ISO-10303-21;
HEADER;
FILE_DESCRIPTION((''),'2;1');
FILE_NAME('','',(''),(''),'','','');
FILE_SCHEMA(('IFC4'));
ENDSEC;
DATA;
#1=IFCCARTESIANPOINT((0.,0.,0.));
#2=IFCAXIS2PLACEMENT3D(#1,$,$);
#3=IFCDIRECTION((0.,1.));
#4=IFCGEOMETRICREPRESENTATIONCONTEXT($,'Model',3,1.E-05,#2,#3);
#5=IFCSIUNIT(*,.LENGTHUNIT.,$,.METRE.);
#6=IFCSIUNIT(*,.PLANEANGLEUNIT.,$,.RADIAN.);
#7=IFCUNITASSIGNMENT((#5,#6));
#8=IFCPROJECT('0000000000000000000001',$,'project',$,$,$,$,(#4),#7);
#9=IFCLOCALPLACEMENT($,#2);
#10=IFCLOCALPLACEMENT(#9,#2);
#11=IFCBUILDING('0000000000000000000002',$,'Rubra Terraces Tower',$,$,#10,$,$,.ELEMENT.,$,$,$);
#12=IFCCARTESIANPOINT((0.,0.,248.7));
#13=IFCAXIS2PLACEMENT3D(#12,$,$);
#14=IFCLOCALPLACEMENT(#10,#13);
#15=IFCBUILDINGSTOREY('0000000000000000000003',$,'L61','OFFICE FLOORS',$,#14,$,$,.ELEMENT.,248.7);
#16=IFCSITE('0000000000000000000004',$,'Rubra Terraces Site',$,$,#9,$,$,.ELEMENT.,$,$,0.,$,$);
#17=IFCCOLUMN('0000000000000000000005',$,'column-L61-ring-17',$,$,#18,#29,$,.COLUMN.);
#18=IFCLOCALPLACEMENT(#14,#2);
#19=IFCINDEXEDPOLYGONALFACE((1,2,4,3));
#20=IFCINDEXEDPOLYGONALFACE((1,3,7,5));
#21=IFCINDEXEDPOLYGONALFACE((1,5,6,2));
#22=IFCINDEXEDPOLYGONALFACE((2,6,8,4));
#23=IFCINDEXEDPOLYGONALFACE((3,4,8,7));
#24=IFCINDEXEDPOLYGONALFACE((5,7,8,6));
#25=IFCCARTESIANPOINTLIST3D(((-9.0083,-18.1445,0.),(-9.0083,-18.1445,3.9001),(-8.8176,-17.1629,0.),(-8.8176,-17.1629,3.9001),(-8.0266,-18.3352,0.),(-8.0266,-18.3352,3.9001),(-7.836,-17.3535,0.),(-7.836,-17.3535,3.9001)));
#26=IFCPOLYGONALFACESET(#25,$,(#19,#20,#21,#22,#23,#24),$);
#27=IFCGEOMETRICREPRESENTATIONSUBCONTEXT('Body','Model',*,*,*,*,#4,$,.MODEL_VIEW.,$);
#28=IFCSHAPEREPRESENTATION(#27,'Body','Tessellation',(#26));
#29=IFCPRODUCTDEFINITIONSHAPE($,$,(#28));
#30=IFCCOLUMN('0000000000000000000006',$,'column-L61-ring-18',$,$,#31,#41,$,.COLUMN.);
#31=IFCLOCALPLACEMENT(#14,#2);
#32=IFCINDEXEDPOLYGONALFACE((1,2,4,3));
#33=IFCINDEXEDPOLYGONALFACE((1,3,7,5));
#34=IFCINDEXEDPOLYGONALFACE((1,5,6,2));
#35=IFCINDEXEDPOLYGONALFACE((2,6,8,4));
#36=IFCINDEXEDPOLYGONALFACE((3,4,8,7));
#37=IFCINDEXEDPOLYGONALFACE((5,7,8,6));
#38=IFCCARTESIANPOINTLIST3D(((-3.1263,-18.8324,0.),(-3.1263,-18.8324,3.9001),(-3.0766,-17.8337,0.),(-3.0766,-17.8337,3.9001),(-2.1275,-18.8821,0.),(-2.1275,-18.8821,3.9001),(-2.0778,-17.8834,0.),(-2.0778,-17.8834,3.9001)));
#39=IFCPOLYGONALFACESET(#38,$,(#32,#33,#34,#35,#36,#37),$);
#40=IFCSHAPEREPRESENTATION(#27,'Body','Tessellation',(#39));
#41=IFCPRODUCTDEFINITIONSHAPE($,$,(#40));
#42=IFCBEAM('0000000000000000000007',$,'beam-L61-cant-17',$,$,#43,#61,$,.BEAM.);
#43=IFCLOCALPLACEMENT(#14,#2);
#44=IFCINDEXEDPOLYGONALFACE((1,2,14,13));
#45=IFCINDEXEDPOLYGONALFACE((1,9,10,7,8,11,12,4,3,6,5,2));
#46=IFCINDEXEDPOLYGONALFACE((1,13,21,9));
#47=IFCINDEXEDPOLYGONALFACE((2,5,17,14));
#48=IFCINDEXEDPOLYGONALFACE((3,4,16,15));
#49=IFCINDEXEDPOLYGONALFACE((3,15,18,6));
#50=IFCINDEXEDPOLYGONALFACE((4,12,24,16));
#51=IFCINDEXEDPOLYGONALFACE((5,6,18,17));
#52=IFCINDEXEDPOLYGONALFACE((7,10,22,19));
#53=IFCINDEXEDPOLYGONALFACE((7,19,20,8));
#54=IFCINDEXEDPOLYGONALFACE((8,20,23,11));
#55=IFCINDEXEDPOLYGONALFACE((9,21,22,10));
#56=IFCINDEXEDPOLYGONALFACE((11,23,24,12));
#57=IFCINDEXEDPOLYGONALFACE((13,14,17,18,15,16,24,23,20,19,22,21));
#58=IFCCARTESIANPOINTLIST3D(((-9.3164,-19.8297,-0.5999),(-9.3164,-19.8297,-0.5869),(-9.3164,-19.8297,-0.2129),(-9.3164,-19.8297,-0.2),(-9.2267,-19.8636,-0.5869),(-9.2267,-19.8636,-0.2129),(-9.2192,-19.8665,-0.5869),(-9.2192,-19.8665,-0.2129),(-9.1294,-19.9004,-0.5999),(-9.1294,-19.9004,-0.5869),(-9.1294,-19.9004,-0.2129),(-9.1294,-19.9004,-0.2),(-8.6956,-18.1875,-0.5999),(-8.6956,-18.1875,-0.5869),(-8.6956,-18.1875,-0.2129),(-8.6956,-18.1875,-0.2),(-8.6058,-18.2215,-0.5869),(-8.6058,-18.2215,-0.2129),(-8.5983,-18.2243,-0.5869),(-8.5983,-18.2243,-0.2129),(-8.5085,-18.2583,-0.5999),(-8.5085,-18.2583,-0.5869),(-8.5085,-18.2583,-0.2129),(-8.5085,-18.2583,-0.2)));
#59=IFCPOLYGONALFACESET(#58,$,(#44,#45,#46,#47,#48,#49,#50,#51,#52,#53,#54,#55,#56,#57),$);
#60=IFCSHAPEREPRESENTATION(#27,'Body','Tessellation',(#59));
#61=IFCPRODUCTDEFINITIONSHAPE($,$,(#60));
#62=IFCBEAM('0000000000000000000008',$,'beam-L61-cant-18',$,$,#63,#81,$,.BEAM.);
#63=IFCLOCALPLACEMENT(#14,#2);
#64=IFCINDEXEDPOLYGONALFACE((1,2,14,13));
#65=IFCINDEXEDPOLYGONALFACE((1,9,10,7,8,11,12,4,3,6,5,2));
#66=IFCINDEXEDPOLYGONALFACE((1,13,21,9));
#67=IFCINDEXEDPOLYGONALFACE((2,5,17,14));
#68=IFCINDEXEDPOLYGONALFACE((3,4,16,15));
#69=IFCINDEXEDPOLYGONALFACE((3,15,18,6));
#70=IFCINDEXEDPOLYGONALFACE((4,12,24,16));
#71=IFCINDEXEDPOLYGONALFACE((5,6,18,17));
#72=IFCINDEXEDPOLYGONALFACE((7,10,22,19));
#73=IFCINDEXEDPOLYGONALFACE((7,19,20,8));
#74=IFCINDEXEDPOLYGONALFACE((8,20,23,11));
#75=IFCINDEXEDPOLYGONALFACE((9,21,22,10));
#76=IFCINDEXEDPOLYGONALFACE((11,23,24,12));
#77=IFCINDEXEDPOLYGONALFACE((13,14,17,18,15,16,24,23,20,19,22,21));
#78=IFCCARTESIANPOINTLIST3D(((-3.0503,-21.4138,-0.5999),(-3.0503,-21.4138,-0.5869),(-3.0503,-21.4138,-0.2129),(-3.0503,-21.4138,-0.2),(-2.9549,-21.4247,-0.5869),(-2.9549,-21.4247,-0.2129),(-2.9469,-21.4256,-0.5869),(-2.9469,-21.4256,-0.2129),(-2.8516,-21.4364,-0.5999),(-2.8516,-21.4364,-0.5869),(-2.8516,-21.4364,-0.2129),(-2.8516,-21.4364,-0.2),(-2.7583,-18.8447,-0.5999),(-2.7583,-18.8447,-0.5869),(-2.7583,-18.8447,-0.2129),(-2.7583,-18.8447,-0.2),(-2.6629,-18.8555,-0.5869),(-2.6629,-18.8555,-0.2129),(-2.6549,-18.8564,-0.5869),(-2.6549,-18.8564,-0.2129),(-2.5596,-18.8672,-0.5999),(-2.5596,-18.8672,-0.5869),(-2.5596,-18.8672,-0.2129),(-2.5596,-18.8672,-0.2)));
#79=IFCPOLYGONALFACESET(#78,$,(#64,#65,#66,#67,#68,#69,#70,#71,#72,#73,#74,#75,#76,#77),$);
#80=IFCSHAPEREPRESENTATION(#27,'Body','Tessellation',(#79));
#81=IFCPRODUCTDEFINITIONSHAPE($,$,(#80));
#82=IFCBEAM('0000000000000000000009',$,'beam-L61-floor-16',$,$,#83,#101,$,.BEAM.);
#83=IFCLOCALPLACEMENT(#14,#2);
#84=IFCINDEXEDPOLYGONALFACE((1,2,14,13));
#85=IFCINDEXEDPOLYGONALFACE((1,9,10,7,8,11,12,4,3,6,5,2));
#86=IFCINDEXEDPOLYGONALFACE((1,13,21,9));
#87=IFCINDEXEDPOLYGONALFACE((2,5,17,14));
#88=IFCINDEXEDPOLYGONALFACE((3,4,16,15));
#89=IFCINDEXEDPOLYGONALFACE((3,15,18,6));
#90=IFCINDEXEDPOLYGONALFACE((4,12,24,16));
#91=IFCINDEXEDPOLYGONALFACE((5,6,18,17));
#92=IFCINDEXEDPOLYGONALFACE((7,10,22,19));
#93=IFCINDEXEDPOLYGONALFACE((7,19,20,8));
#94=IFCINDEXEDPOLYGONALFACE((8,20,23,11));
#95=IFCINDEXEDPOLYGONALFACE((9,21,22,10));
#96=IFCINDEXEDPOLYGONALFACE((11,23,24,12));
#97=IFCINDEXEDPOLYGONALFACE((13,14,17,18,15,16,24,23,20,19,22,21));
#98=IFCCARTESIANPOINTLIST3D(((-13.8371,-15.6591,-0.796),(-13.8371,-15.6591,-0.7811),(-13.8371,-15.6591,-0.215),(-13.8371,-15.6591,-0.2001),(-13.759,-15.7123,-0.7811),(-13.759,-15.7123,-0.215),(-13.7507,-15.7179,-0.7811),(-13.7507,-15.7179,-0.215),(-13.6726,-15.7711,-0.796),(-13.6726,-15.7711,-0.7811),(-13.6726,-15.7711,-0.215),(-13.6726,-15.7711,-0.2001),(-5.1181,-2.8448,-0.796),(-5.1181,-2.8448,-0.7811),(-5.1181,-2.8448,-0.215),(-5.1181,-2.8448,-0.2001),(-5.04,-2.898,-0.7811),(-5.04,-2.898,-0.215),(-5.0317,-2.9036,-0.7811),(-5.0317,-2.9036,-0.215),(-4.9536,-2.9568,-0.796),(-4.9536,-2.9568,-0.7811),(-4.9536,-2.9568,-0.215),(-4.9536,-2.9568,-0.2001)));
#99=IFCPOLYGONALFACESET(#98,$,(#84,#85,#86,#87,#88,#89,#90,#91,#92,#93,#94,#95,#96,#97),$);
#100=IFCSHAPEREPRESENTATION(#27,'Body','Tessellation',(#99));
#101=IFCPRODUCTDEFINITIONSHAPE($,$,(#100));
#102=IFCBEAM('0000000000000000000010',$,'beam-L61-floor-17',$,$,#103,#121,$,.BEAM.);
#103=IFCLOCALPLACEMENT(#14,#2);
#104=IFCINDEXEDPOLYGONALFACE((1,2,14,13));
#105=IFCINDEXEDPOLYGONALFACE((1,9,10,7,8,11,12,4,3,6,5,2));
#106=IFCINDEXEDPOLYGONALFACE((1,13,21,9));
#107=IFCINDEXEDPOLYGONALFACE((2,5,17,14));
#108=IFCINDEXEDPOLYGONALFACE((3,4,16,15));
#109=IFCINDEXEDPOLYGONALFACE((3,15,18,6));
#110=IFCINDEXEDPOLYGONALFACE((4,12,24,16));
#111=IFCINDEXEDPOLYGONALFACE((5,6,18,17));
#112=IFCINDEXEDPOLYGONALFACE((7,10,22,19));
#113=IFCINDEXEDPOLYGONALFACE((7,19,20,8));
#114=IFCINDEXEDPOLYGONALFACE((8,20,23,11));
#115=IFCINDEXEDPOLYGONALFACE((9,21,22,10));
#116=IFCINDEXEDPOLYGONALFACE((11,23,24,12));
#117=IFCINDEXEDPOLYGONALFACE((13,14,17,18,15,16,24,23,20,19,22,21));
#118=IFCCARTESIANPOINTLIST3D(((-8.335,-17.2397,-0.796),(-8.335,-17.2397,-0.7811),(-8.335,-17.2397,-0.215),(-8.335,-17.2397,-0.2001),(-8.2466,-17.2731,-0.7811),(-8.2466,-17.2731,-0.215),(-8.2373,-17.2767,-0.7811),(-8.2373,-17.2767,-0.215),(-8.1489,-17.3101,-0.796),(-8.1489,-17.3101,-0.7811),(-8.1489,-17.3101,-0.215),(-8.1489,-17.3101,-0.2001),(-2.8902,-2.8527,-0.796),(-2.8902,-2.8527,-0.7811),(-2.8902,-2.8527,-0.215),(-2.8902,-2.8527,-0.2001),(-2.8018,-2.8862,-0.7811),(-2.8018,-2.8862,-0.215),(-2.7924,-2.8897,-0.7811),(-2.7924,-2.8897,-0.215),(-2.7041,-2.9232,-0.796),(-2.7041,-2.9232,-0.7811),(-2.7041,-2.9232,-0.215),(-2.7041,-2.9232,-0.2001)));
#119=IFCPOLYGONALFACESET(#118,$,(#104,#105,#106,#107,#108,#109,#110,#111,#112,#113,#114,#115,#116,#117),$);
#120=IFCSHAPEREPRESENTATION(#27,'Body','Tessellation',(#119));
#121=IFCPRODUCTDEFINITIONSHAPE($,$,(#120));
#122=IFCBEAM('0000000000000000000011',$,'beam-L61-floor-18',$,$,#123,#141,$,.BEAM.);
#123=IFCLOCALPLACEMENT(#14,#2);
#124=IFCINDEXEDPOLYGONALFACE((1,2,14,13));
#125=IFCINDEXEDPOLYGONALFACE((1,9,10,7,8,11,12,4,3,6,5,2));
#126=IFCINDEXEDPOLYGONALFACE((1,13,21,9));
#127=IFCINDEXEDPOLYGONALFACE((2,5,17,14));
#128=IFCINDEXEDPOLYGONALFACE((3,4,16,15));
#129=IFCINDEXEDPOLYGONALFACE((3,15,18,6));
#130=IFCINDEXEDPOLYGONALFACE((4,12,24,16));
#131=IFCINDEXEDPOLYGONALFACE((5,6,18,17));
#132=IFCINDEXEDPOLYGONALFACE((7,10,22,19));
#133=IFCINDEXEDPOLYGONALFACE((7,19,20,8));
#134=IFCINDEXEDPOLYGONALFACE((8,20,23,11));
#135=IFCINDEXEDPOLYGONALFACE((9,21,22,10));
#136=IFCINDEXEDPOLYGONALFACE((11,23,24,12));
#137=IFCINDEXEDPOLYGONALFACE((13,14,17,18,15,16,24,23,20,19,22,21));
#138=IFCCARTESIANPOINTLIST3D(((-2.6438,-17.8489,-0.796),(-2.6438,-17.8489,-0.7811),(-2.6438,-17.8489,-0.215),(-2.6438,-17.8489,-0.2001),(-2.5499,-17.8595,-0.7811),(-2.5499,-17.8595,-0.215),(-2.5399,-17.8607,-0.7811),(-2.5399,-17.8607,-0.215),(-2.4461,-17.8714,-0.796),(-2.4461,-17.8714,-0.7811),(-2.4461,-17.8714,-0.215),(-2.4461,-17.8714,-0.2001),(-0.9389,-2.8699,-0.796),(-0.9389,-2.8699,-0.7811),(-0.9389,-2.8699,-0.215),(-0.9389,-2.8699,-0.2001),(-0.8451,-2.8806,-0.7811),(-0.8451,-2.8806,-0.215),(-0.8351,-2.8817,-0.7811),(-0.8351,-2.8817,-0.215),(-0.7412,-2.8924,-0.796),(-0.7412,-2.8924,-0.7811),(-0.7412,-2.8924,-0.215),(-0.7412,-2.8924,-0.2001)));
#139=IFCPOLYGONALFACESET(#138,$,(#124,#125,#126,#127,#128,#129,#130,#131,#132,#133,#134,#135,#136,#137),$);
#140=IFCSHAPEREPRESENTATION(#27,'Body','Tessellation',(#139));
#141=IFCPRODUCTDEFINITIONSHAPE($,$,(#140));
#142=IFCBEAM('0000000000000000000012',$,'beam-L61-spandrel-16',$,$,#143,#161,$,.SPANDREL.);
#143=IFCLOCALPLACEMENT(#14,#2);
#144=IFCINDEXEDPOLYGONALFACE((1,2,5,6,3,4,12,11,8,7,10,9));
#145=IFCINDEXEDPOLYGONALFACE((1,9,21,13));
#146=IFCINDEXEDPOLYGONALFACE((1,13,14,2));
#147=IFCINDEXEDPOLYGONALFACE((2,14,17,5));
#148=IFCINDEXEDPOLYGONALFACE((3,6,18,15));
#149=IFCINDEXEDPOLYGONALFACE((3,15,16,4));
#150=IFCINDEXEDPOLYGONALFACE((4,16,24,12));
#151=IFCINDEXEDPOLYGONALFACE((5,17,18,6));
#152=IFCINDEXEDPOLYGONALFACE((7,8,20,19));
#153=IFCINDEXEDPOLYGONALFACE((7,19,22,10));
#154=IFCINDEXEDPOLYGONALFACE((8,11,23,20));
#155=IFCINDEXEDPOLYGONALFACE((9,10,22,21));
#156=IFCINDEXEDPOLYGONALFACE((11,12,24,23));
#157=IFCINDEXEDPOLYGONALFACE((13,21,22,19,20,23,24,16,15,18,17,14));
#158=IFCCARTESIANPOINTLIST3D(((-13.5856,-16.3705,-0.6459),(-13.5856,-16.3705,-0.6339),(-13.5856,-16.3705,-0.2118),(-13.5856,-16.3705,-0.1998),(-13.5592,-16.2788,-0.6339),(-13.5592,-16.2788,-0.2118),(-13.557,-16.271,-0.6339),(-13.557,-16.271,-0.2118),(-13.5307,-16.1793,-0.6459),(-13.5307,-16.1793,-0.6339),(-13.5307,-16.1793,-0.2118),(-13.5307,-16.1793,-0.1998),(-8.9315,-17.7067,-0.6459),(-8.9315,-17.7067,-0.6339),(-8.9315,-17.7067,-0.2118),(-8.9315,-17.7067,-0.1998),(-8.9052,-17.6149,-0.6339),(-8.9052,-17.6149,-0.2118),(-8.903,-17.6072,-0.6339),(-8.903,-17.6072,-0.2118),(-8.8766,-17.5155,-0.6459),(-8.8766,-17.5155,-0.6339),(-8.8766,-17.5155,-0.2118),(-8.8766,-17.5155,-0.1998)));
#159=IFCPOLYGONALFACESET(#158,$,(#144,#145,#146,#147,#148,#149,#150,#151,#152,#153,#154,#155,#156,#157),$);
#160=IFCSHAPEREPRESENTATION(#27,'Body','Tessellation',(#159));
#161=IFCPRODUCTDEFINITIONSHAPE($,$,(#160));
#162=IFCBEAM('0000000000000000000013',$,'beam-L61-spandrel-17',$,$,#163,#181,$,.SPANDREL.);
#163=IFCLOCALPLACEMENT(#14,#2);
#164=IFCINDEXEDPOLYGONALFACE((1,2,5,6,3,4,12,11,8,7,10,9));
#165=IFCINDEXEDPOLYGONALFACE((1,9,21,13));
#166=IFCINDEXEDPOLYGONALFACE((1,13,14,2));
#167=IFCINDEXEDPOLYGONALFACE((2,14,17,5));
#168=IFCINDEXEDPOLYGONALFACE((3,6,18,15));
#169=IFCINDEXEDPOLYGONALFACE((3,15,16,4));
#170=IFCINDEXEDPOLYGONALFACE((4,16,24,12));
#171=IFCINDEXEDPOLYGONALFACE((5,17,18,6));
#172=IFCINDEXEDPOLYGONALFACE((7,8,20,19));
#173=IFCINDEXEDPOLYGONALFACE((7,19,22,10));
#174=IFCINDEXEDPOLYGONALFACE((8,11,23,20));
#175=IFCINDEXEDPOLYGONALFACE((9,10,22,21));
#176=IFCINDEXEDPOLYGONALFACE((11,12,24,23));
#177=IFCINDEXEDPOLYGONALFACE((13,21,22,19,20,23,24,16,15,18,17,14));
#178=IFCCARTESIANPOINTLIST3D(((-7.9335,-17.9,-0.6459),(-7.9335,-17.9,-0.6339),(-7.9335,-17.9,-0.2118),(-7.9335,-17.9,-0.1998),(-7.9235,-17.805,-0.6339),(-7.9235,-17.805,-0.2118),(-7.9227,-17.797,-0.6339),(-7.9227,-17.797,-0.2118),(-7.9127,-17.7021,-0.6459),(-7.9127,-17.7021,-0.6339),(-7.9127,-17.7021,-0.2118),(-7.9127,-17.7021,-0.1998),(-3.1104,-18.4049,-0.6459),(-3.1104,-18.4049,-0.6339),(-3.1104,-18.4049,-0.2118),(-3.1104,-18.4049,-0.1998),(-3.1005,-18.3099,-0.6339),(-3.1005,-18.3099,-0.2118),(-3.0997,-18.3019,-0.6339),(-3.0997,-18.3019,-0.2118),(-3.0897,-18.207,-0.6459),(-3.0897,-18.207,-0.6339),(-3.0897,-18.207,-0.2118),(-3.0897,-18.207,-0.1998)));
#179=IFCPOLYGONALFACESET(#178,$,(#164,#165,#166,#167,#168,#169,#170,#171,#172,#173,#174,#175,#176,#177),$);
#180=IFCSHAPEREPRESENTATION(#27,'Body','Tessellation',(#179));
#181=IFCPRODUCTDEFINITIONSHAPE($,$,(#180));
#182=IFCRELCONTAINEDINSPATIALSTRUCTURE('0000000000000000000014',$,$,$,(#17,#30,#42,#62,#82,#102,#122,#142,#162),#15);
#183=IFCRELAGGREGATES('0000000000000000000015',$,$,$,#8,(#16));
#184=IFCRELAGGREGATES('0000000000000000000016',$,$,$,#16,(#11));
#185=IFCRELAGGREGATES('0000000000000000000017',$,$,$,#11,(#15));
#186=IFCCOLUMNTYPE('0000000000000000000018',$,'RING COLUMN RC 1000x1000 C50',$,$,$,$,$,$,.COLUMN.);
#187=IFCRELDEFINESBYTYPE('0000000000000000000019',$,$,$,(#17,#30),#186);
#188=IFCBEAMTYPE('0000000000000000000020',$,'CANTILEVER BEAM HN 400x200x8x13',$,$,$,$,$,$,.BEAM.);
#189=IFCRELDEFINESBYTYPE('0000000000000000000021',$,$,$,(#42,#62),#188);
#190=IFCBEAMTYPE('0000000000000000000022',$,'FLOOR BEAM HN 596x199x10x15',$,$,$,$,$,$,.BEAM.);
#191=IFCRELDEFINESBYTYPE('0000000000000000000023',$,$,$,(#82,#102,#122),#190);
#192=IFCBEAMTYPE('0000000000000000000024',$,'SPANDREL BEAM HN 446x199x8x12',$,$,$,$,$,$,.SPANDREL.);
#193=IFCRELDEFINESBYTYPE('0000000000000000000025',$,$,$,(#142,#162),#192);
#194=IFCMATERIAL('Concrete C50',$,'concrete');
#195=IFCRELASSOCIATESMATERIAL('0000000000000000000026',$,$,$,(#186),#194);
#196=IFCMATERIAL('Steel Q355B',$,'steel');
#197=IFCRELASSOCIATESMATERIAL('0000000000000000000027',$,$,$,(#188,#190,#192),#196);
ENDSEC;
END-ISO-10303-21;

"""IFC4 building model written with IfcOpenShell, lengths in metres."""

from ifc_helpers import new_model, si_unit, direction, frame, origin, origin_2d, place, context, subcontext, project, spatial, rectangle, i_section, extrude, material, material_profile, profile_set, type_object, element, save


model = new_model("IFC4")

# Units and contexts
model_context = context("Model", 3, precision=1e-05, world=origin(), true_north=direction((0.0, 1.0)))
body_context = subcontext(model_context, "Body", "Model", "MODEL_VIEW")
ifc_project = project(units=[si_unit("LENGTHUNIT", "METRE"), si_unit("PLANEANGLEUNIT", "RADIAN")], contexts=[model_context])

# Site, building, storey
site_placement = place(None, origin())
site = spatial("IfcSite", under=ifc_project, at=site_placement, Name="Rubra Terraces Site", CompositionType="ELEMENT", RefElevation=0.0)
building_placement = place(site_placement, origin())
building = spatial("IfcBuilding", under=site, at=building_placement, Name="Rubra Terraces Tower", CompositionType="ELEMENT")
storey_placement = place(building_placement, frame((0.0, 0.0, 248.7)))
storey = spatial("IfcBuildingStorey", under=building, at=storey_placement, Name="L61", Description="OFFICE FLOORS", CompositionType="ELEMENT", Elevation=248.7)

# Columns
ifc_material_1 = material(Name="Concrete C50", Category="concrete")
ifc_material_profile_1 = material_profile(ifc_material_1, rectangle(XDim=1.0, YDim=1.0, at=origin_2d()), Name="RC 1000x1000")
ifc_profile_set_1 = profile_set([ifc_material_profile_1], Name="Concrete C50")
column_type = type_object("IfcColumnType", Name="RING COLUMN RC 1000x1000 C50", PredefinedType="COLUMN", material=ifc_profile_set_1)
for number, where, z_axis, x_axis, name in (
    (1, (-8.4221, -17.749, 0.0), (0.0, 0.0, 1.0), (0.981655, -0.190668, 0.0), "column-L61-ring-17"),
    (2, (-2.6021, -18.3579, 0.0), (0.0, 0.0, 1.0), (0.998764, -0.049699, 0.0), "column-L61-ring-18"),
):
    element("IfcColumn", number, at=place(storey_placement, frame(where, z_axis=z_axis, x_axis=x_axis)), inside=storey, type_object=column_type, Name=name, PredefinedType="COLUMN", context=body_context, shape_type="SweptSolid", body=[
        extrude(rectangle(XDim=1.0, YDim=1.0, at=origin_2d()), origin(), (0.0, 0.0, 1.0), 3.9001),
    ])

# Beams
ifc_material_2 = material(Name="Steel Q355B", Category="steel")
ifc_material_profile_2 = material_profile(ifc_material_2, i_section(OverallWidth=0.2, OverallDepth=0.3999, WebThickness=0.0081, FlangeThickness=0.0129, at=origin_2d()), Name="HN 400x200x8x13")
ifc_profile_set_2 = profile_set([ifc_material_profile_2], Name="Steel Q355B")
beam_type_1 = type_object("IfcBeamType", Name="CANTILEVER BEAM HN 400x200x8x13", PredefinedType="BEAM", material=ifc_profile_set_2)
beam_1_placement = place(storey_placement, frame((-8.6021, -18.2229, -0.3999), z_axis=(-0.353652, -0.935377, 0.0), x_axis=(0.935377, -0.353652, 0.0)))
element("IfcBeam", 3, at=beam_1_placement, inside=storey, type_object=beam_type_1, Name="beam-L61-cant-17", PredefinedType="BEAM", context=body_context, shape_type="SweptSolid", body=[
    extrude(i_section(OverallWidth=0.2, OverallDepth=0.3999, WebThickness=0.0081, FlangeThickness=0.0129, at=origin_2d()), origin(), (0.0, 0.0, 1.0), 1.7556),
])
beam_2_placement = place(storey_placement, frame((-2.6589, -18.856, -0.3999), z_axis=(-0.112929, -0.993603, 0.0), x_axis=(0.993603, -0.112929, 0.0)))
element("IfcBeam", 4, at=beam_2_placement, inside=storey, type_object=beam_type_1, Name="beam-L61-cant-18", PredefinedType="BEAM", context=body_context, shape_type="SweptSolid", body=[
    extrude(i_section(OverallWidth=0.2, OverallDepth=0.3999, WebThickness=0.0081, FlangeThickness=0.0129, at=origin_2d()), origin(), (0.0, 0.0, 1.0), 2.5857),
])
ifc_material_profile_3 = material_profile(ifc_material_2, i_section(OverallWidth=0.199, OverallDepth=0.5959, WebThickness=0.01, FlangeThickness=0.0149, at=origin_2d()), Name="HN 596x199x10x15")
ifc_profile_set_3 = profile_set([ifc_material_profile_3], Name="Steel Q355B")
beam_type_2 = type_object("IfcBeamType", Name="FLOOR BEAM HN 596x199x10x15", PredefinedType="BEAM", material=ifc_profile_set_3)
beam_3_placement = place(storey_placement, frame((-13.7549, -15.7151, -0.498), z_axis=(0.562545, 0.826767, 0.0), x_axis=(-0.826767, 0.562545, 0.0)))
element("IfcBeam", 5, at=beam_3_placement, inside=storey, type_object=beam_type_2, Name="beam-L61-floor-16", PredefinedType="BEAM", context=body_context, shape_type="SweptSolid", body=[
    extrude(i_section(OverallWidth=0.199, OverallDepth=0.5959, WebThickness=0.01, FlangeThickness=0.0149, at=origin_2d()), origin(), (0.0, 0.0, 1.0), 15.4993),
])
beam_4_placement = place(storey_placement, frame((-8.2419, -17.2749, -0.498), z_axis=(0.353955, 0.935262, 0.0), x_axis=(-0.935262, 0.353955, 0.0)))
element("IfcBeam", 6, at=beam_4_placement, inside=storey, type_object=beam_type_2, Name="beam-L61-floor-17", PredefinedType="BEAM", context=body_context, shape_type="SweptSolid", body=[
    extrude(i_section(OverallWidth=0.199, OverallDepth=0.5959, WebThickness=0.01, FlangeThickness=0.0149, at=origin_2d()), origin(), (0.0, 0.0, 1.0), 15.3828),
])
beam_5_placement = place(storey_placement, frame((-2.5449, -17.8601, -0.498), z_axis=(0.113085, 0.993585, 0.0), x_axis=(-0.993585, 0.113085, 0.0)))
element("IfcBeam", 7, at=beam_5_placement, inside=storey, type_object=beam_type_2, Name="beam-L61-floor-18", PredefinedType="BEAM", context=body_context, shape_type="SweptSolid", body=[
    extrude(i_section(OverallWidth=0.199, OverallDepth=0.5959, WebThickness=0.01, FlangeThickness=0.0149, at=origin_2d()), origin(), (0.0, 0.0, 1.0), 15.0757),
])
ifc_material_profile_4 = material_profile(ifc_material_2, i_section(OverallWidth=0.199, OverallDepth=0.446, WebThickness=0.0081, FlangeThickness=0.012, at=origin_2d()), Name="HN 446x199x8x12")
ifc_profile_set_4 = profile_set([ifc_material_profile_4], Name="Steel Q355B")
beam_type_3 = type_object("IfcBeamType", Name="SPANDREL BEAM HN 446x199x8x12", PredefinedType="SPANDREL", material=ifc_profile_set_4)
beam_6_placement = place(storey_placement, frame((-13.5581, -16.2749, -0.4229), z_axis=(0.961171, -0.275953, 0.0), x_axis=(0.275953, 0.961171, 0.0)))
element("IfcBeam", 8, at=beam_6_placement, inside=storey, type_object=beam_type_3, Name="beam-L61-spandrel-16", PredefinedType="SPANDREL", context=body_context, shape_type="SweptSolid", body=[
    extrude(i_section(OverallWidth=0.199, OverallDepth=0.446, WebThickness=0.0081, FlangeThickness=0.012, at=origin_2d()), origin(), (0.0, 0.0, 1.0), 4.842),
])
beam_7_placement = place(storey_placement, frame((-7.9231, -17.801, -0.4229), z_axis=(0.994565, -0.104113, 0.0), x_axis=(0.104113, 0.994565, 0.0)))
element("IfcBeam", 9, at=beam_7_placement, inside=storey, type_object=beam_type_3, Name="beam-L61-spandrel-17", PredefinedType="SPANDREL", context=body_context, shape_type="SweptSolid", body=[
    extrude(i_section(OverallWidth=0.199, OverallDepth=0.446, WebThickness=0.0081, FlangeThickness=0.012, at=origin_2d()), origin(), (0.0, 0.0, 1.0), 4.8494),
])

save(model, "model.ifc")
